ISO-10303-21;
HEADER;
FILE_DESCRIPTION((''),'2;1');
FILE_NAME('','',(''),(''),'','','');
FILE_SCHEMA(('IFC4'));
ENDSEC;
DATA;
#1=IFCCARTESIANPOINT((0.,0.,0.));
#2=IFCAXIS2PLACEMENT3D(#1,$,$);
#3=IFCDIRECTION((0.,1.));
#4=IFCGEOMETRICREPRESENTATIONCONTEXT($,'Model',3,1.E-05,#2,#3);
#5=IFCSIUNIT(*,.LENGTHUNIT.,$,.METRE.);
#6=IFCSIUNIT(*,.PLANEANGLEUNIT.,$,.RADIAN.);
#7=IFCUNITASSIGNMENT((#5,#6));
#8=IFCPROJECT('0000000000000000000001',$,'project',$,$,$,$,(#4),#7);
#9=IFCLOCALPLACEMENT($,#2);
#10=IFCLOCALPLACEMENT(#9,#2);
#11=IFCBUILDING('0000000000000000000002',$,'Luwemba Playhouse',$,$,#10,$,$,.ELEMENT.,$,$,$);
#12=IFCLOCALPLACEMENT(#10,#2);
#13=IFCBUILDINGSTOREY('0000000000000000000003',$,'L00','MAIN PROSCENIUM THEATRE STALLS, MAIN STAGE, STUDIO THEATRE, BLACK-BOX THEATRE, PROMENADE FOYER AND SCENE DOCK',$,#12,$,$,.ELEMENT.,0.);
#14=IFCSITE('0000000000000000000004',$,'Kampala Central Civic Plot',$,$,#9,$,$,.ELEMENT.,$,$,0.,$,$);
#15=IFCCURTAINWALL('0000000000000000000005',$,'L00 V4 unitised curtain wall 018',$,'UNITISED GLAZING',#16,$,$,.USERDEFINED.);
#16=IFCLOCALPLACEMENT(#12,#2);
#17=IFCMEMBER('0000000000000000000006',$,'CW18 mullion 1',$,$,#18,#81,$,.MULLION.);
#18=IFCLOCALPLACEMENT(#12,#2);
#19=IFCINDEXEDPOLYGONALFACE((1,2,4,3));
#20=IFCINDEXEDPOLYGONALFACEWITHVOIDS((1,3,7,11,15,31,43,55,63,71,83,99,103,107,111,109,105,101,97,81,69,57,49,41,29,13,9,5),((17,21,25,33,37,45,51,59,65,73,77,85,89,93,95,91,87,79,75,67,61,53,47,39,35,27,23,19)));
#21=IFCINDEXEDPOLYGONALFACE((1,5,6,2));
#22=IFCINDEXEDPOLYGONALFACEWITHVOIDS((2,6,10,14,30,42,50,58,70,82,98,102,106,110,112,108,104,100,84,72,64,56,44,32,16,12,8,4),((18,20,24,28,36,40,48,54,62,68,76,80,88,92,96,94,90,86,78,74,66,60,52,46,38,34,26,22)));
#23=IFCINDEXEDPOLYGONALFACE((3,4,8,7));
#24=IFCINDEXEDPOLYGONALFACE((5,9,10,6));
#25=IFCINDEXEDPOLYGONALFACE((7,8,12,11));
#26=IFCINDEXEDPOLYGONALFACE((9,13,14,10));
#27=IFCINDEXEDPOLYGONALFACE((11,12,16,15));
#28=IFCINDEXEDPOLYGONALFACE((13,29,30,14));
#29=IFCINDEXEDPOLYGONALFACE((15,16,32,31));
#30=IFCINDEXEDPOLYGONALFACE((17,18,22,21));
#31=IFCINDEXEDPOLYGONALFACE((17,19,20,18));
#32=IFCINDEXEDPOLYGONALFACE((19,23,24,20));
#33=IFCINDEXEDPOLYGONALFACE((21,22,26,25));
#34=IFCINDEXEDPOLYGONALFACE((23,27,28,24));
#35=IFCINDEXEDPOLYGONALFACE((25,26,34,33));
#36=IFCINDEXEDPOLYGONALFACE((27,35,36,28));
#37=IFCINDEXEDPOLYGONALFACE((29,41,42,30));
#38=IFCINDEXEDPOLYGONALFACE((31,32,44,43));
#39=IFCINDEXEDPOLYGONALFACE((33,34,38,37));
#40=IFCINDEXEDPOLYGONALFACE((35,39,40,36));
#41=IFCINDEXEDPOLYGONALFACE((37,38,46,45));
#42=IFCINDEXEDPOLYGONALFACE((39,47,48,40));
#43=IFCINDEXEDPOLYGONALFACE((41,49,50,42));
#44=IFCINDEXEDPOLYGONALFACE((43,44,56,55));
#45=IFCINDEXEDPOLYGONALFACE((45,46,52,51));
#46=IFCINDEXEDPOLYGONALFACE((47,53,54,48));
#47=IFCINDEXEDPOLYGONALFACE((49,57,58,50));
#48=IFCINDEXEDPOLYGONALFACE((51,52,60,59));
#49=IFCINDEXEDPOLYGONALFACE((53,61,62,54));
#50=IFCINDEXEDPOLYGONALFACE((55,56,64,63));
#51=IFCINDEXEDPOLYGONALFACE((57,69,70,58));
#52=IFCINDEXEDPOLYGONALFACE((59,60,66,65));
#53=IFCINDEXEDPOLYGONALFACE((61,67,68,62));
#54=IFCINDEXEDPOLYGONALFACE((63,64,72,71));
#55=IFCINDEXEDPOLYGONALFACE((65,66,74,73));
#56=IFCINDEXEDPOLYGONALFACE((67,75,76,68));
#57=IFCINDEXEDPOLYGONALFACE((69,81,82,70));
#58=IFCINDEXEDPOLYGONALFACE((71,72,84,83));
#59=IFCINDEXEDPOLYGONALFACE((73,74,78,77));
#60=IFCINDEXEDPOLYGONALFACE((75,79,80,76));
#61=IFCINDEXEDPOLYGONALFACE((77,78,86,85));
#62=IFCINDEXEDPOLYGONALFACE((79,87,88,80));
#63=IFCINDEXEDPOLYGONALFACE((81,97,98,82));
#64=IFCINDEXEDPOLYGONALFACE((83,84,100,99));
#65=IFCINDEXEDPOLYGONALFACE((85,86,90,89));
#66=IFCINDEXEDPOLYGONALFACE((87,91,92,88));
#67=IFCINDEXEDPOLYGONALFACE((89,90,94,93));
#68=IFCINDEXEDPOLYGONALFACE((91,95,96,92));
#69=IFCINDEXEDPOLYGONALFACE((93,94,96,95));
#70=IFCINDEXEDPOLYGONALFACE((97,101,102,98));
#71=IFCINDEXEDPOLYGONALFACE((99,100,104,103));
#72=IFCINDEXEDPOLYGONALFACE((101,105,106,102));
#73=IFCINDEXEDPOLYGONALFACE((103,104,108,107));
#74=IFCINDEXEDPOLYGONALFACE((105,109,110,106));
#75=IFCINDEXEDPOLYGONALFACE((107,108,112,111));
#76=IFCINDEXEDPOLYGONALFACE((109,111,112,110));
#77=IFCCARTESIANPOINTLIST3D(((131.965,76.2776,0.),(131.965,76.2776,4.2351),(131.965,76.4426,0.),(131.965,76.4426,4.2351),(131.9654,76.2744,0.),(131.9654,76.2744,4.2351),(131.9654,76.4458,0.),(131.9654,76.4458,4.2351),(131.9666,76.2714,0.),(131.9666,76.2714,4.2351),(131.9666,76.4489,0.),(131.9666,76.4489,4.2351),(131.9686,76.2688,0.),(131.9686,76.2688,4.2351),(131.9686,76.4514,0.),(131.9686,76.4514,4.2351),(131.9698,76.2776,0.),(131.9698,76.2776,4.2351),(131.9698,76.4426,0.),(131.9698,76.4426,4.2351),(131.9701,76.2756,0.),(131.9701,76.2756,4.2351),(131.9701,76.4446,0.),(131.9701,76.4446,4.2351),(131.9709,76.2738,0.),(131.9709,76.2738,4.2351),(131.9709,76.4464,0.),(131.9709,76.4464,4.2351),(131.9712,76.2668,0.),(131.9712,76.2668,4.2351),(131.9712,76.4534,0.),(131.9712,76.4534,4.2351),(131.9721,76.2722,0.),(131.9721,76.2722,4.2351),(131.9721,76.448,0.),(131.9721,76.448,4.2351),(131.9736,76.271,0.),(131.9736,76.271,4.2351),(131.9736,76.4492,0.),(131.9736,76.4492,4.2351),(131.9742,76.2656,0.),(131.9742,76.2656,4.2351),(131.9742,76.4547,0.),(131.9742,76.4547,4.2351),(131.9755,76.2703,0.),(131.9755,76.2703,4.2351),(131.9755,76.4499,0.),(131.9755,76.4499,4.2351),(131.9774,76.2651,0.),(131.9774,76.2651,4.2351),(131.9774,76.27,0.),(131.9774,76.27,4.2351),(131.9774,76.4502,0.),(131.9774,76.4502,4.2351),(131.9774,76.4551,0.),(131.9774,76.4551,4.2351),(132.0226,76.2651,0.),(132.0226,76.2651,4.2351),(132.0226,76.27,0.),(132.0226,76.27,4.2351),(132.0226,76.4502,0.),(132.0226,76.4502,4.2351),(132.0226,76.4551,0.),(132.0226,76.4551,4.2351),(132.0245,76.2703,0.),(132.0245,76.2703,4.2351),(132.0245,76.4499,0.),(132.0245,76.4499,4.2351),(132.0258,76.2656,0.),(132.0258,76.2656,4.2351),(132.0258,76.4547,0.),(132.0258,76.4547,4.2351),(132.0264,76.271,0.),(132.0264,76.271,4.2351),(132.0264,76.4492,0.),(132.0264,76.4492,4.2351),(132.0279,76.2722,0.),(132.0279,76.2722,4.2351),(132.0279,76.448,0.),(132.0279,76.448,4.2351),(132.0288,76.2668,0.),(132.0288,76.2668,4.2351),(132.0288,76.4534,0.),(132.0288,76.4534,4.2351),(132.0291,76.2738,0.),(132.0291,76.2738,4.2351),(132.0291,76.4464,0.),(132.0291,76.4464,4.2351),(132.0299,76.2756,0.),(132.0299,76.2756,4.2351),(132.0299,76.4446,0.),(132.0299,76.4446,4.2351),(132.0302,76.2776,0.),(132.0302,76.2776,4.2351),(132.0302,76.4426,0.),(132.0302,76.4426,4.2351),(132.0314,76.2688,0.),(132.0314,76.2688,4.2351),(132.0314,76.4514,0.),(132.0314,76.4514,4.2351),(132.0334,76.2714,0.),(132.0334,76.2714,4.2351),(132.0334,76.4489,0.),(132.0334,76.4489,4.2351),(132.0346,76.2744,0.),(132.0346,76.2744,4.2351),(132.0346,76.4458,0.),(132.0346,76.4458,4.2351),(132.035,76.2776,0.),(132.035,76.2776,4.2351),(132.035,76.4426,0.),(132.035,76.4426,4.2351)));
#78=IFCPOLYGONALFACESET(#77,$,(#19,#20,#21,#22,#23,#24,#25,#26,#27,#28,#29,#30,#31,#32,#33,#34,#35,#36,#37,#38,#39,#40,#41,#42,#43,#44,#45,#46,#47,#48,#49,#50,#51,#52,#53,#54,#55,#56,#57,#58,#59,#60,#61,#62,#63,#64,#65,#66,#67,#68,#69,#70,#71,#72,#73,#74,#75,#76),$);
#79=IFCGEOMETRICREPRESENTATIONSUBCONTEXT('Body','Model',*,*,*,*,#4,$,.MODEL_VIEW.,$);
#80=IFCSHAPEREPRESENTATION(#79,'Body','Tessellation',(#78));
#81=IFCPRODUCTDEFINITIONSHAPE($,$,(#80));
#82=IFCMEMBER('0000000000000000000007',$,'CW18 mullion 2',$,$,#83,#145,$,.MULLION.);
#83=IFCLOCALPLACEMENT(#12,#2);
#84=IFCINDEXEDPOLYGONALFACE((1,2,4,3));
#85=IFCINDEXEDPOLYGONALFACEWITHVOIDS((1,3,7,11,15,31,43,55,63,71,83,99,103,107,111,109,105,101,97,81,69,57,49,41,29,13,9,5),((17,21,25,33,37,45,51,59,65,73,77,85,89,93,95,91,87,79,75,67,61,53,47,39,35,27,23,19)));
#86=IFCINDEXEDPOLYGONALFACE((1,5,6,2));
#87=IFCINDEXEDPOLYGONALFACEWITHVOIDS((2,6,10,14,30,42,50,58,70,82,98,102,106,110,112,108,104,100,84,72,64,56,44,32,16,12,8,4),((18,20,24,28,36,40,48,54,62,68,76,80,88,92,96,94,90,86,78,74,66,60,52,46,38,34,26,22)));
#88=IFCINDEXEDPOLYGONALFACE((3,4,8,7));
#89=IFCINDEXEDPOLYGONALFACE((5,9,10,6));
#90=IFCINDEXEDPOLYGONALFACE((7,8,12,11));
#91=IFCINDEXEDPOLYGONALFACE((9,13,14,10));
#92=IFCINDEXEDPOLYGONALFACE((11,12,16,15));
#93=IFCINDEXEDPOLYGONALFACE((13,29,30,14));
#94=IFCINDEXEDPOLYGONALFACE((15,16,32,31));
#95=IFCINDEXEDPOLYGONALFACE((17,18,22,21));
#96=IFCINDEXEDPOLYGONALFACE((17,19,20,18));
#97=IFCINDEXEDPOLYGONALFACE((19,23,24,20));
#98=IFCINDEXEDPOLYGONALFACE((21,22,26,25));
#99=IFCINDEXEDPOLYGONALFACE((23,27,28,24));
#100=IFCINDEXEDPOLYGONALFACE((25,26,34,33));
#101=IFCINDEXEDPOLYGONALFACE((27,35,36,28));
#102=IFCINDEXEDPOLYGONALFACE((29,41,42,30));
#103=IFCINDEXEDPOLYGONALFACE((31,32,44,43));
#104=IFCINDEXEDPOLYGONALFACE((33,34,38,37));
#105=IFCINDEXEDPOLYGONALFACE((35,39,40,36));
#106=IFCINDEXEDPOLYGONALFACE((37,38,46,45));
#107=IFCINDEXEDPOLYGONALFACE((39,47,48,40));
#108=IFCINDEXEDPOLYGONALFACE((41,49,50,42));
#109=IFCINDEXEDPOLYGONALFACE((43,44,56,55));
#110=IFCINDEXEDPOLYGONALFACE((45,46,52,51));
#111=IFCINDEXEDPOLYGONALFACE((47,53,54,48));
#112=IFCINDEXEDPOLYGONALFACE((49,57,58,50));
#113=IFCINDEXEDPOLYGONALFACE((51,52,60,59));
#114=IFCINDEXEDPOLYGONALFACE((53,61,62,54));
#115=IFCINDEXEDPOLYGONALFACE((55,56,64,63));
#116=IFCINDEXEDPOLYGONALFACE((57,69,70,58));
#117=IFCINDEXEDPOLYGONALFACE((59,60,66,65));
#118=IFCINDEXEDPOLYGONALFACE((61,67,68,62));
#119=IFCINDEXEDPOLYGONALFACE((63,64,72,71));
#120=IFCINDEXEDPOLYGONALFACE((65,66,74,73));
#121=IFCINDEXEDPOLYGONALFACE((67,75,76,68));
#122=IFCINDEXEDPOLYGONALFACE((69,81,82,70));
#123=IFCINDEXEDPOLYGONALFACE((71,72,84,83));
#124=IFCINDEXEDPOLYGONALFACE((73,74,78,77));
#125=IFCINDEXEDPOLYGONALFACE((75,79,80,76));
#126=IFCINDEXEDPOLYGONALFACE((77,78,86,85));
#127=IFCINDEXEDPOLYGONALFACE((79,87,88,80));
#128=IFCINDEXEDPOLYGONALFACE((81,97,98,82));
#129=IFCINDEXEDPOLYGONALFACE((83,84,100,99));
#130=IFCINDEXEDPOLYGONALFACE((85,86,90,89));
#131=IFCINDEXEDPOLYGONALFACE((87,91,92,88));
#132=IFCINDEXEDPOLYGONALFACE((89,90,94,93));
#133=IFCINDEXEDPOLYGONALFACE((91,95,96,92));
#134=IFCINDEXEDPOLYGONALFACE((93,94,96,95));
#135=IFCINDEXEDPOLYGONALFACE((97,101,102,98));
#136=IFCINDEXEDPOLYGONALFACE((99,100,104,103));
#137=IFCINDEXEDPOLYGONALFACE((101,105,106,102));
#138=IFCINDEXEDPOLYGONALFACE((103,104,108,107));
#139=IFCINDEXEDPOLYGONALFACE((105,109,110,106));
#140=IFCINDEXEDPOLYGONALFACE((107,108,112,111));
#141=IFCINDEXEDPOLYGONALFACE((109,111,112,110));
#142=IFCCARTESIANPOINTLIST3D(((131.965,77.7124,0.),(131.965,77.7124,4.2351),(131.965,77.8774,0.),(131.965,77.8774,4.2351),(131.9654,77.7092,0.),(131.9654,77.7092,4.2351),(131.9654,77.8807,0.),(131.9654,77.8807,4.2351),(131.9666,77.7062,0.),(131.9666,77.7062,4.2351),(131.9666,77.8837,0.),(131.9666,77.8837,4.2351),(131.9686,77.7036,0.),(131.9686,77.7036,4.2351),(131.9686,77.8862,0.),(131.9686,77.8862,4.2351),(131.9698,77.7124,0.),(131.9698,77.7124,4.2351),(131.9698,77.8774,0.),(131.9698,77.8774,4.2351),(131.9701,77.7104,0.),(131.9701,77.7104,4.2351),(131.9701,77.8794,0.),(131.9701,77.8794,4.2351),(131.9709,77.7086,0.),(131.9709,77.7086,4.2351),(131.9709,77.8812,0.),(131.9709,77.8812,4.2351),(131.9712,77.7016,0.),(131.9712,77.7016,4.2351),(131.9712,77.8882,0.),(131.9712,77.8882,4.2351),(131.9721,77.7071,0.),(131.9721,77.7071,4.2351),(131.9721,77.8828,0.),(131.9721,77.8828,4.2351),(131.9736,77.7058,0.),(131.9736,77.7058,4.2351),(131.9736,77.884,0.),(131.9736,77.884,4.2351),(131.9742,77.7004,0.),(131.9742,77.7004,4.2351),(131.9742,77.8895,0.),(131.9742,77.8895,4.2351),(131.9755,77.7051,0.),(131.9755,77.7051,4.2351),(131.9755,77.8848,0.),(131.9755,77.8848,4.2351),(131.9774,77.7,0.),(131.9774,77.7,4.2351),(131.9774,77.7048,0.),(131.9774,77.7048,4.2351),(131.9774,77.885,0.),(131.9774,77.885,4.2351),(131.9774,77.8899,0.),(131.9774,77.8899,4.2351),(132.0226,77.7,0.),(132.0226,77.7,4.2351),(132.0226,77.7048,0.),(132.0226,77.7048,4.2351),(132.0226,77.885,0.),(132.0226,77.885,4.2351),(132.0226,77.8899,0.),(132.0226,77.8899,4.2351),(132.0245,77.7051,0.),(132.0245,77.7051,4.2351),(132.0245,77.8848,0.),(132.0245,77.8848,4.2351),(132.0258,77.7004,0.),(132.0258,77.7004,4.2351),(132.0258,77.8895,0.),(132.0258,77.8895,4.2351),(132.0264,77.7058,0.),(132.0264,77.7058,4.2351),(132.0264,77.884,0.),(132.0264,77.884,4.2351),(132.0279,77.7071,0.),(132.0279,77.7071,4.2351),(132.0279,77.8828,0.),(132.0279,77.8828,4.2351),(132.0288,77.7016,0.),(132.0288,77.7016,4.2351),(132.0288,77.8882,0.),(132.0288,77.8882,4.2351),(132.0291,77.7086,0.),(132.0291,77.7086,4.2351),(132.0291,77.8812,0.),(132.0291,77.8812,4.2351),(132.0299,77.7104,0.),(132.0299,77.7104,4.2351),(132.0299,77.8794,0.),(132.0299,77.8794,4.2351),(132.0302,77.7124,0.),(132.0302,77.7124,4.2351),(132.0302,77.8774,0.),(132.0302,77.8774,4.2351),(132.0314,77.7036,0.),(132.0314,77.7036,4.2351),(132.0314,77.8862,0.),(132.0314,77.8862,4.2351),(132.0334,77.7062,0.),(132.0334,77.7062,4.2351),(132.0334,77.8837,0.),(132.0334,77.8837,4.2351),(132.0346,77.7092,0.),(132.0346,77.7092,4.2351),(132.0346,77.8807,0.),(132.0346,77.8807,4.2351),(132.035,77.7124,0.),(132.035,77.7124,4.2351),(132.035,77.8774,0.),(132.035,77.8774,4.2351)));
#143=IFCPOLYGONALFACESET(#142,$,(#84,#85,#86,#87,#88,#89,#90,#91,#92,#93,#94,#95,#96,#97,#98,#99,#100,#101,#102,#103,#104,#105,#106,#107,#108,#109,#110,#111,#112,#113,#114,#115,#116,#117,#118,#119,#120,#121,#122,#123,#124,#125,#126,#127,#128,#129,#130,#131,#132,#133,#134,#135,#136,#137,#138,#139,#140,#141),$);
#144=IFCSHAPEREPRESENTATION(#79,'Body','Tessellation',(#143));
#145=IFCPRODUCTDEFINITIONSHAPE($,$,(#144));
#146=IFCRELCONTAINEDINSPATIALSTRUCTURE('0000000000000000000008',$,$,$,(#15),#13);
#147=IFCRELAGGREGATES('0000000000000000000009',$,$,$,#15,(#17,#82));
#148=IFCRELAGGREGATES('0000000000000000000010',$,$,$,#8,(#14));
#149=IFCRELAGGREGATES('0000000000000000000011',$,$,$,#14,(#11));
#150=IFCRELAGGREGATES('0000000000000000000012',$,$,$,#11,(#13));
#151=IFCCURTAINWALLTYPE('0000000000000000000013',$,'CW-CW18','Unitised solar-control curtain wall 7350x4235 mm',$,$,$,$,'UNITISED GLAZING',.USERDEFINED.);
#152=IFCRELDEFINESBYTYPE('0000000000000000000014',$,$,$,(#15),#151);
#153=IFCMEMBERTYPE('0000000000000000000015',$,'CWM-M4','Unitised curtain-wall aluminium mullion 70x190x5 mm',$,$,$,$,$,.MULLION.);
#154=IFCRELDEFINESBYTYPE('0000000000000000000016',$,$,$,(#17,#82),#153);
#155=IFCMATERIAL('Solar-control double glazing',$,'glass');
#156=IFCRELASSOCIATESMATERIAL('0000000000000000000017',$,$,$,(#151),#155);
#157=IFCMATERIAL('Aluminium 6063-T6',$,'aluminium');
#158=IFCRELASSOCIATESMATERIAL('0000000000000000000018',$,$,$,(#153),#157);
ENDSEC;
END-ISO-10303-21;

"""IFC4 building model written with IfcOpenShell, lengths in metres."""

from ifc_helpers import new_model, si_unit, direction, frame, origin, origin_2d, place, context, subcontext, project, spatial, hollow_rectangle, extrude, material, material_profile, profile_set, type_object, element, aggregate, save


model = new_model("IFC4")

# Units and contexts
model_context = context("Model", 3, precision=1e-05, world=origin(), true_north=direction((0.0, 1.0)))
body_context = subcontext(model_context, "Body", "Model", "MODEL_VIEW")
ifc_project = project(units=[si_unit("LENGTHUNIT", "METRE"), si_unit("PLANEANGLEUNIT", "RADIAN")], contexts=[model_context])

# Site, building, storey
site_placement = place(None, origin())
site = spatial("IfcSite", under=ifc_project, at=site_placement, Name="Kampala Central Civic Plot", CompositionType="ELEMENT", RefElevation=0.0)
building_placement = place(site_placement, origin())
building = spatial("IfcBuilding", under=site, at=building_placement, Name="Luwemba Playhouse", CompositionType="ELEMENT")
storey_placement = place(building_placement, origin())
storey = spatial("IfcBuildingStorey", under=building, at=storey_placement, Name="L00", Description="MAIN PROSCENIUM THEATRE STALLS, MAIN STAGE, STUDIO THEATRE, BLACK-BOX THEATRE, PROMENADE FOYER AND SCENE DOCK", CompositionType="ELEMENT", Elevation=0.0)

# Curtain wall, members
ifc_material_1 = material(Name="Solar-control double glazing", Category="glass")
curtain_wall_type = type_object("IfcCurtainWallType", Name="CW-CW18", Description="Unitised solar-control curtain wall 7350x4235 mm", ElementType="UNITISED GLAZING", PredefinedType="USERDEFINED", material=ifc_material_1)
curtain_wall_placement = place(storey_placement, origin())
curtain_wall = element("IfcCurtainWall", 1, at=curtain_wall_placement, inside=storey, type_object=curtain_wall_type, Name="L00 V4 unitised curtain wall 018", ObjectType="UNITISED GLAZING", PredefinedType="USERDEFINED")
ifc_material_2 = material(Name="Aluminium 6063-T6", Category="aluminium")
ifc_material_profile_1 = material_profile(ifc_material_2, hollow_rectangle(XDim=0.0701, YDim=0.1899, WallThickness=0.0049, InnerFilletRadius=0.0076, OuterFilletRadius=0.0125, at=origin_2d()))
ifc_profile_set_1 = profile_set([ifc_material_profile_1], Name="Aluminium 6063-T6")
member_type_1 = type_object("IfcMemberType", Name="CWM-M4", Description="Unitised curtain-wall aluminium mullion 70x190x5 mm", PredefinedType="MULLION", material=ifc_profile_set_1)
member_1_placement = place(storey_placement, frame((132.0, 76.3601, 0.0), z_axis=(0.0, 0.0, 1.0), x_axis=(-1.0, 0.0, 0.0)))
member_1 = element("IfcMember", 2, at=member_1_placement, type_object=member_type_1, Name="CW18 mullion 1", PredefinedType="MULLION", context=body_context, shape_type="SweptSolid", body=[
    extrude(hollow_rectangle(XDim=0.0701, YDim=0.1899, WallThickness=0.0049, InnerFilletRadius=0.0076, OuterFilletRadius=0.0125, at=origin_2d()), origin(), (0.0, 0.0, 1.0), 4.2351),
])
member_2_placement = place(storey_placement, frame((132.0, 77.7949, 0.0), z_axis=(0.0, 0.0, 1.0), x_axis=(-1.0, 0.0, 0.0)))
member_2 = element("IfcMember", 3, at=member_2_placement, type_object=member_type_1, Name="CW18 mullion 2", PredefinedType="MULLION", context=body_context, shape_type="SweptSolid", body=[
    extrude(hollow_rectangle(XDim=0.0701, YDim=0.1899, WallThickness=0.0049, InnerFilletRadius=0.0076, OuterFilletRadius=0.0125, at=origin_2d()), origin(), (0.0, 0.0, 1.0), 4.2351),
])
aggregate(curtain_wall, [member_1, member_2])

save(model, "model.ifc")
